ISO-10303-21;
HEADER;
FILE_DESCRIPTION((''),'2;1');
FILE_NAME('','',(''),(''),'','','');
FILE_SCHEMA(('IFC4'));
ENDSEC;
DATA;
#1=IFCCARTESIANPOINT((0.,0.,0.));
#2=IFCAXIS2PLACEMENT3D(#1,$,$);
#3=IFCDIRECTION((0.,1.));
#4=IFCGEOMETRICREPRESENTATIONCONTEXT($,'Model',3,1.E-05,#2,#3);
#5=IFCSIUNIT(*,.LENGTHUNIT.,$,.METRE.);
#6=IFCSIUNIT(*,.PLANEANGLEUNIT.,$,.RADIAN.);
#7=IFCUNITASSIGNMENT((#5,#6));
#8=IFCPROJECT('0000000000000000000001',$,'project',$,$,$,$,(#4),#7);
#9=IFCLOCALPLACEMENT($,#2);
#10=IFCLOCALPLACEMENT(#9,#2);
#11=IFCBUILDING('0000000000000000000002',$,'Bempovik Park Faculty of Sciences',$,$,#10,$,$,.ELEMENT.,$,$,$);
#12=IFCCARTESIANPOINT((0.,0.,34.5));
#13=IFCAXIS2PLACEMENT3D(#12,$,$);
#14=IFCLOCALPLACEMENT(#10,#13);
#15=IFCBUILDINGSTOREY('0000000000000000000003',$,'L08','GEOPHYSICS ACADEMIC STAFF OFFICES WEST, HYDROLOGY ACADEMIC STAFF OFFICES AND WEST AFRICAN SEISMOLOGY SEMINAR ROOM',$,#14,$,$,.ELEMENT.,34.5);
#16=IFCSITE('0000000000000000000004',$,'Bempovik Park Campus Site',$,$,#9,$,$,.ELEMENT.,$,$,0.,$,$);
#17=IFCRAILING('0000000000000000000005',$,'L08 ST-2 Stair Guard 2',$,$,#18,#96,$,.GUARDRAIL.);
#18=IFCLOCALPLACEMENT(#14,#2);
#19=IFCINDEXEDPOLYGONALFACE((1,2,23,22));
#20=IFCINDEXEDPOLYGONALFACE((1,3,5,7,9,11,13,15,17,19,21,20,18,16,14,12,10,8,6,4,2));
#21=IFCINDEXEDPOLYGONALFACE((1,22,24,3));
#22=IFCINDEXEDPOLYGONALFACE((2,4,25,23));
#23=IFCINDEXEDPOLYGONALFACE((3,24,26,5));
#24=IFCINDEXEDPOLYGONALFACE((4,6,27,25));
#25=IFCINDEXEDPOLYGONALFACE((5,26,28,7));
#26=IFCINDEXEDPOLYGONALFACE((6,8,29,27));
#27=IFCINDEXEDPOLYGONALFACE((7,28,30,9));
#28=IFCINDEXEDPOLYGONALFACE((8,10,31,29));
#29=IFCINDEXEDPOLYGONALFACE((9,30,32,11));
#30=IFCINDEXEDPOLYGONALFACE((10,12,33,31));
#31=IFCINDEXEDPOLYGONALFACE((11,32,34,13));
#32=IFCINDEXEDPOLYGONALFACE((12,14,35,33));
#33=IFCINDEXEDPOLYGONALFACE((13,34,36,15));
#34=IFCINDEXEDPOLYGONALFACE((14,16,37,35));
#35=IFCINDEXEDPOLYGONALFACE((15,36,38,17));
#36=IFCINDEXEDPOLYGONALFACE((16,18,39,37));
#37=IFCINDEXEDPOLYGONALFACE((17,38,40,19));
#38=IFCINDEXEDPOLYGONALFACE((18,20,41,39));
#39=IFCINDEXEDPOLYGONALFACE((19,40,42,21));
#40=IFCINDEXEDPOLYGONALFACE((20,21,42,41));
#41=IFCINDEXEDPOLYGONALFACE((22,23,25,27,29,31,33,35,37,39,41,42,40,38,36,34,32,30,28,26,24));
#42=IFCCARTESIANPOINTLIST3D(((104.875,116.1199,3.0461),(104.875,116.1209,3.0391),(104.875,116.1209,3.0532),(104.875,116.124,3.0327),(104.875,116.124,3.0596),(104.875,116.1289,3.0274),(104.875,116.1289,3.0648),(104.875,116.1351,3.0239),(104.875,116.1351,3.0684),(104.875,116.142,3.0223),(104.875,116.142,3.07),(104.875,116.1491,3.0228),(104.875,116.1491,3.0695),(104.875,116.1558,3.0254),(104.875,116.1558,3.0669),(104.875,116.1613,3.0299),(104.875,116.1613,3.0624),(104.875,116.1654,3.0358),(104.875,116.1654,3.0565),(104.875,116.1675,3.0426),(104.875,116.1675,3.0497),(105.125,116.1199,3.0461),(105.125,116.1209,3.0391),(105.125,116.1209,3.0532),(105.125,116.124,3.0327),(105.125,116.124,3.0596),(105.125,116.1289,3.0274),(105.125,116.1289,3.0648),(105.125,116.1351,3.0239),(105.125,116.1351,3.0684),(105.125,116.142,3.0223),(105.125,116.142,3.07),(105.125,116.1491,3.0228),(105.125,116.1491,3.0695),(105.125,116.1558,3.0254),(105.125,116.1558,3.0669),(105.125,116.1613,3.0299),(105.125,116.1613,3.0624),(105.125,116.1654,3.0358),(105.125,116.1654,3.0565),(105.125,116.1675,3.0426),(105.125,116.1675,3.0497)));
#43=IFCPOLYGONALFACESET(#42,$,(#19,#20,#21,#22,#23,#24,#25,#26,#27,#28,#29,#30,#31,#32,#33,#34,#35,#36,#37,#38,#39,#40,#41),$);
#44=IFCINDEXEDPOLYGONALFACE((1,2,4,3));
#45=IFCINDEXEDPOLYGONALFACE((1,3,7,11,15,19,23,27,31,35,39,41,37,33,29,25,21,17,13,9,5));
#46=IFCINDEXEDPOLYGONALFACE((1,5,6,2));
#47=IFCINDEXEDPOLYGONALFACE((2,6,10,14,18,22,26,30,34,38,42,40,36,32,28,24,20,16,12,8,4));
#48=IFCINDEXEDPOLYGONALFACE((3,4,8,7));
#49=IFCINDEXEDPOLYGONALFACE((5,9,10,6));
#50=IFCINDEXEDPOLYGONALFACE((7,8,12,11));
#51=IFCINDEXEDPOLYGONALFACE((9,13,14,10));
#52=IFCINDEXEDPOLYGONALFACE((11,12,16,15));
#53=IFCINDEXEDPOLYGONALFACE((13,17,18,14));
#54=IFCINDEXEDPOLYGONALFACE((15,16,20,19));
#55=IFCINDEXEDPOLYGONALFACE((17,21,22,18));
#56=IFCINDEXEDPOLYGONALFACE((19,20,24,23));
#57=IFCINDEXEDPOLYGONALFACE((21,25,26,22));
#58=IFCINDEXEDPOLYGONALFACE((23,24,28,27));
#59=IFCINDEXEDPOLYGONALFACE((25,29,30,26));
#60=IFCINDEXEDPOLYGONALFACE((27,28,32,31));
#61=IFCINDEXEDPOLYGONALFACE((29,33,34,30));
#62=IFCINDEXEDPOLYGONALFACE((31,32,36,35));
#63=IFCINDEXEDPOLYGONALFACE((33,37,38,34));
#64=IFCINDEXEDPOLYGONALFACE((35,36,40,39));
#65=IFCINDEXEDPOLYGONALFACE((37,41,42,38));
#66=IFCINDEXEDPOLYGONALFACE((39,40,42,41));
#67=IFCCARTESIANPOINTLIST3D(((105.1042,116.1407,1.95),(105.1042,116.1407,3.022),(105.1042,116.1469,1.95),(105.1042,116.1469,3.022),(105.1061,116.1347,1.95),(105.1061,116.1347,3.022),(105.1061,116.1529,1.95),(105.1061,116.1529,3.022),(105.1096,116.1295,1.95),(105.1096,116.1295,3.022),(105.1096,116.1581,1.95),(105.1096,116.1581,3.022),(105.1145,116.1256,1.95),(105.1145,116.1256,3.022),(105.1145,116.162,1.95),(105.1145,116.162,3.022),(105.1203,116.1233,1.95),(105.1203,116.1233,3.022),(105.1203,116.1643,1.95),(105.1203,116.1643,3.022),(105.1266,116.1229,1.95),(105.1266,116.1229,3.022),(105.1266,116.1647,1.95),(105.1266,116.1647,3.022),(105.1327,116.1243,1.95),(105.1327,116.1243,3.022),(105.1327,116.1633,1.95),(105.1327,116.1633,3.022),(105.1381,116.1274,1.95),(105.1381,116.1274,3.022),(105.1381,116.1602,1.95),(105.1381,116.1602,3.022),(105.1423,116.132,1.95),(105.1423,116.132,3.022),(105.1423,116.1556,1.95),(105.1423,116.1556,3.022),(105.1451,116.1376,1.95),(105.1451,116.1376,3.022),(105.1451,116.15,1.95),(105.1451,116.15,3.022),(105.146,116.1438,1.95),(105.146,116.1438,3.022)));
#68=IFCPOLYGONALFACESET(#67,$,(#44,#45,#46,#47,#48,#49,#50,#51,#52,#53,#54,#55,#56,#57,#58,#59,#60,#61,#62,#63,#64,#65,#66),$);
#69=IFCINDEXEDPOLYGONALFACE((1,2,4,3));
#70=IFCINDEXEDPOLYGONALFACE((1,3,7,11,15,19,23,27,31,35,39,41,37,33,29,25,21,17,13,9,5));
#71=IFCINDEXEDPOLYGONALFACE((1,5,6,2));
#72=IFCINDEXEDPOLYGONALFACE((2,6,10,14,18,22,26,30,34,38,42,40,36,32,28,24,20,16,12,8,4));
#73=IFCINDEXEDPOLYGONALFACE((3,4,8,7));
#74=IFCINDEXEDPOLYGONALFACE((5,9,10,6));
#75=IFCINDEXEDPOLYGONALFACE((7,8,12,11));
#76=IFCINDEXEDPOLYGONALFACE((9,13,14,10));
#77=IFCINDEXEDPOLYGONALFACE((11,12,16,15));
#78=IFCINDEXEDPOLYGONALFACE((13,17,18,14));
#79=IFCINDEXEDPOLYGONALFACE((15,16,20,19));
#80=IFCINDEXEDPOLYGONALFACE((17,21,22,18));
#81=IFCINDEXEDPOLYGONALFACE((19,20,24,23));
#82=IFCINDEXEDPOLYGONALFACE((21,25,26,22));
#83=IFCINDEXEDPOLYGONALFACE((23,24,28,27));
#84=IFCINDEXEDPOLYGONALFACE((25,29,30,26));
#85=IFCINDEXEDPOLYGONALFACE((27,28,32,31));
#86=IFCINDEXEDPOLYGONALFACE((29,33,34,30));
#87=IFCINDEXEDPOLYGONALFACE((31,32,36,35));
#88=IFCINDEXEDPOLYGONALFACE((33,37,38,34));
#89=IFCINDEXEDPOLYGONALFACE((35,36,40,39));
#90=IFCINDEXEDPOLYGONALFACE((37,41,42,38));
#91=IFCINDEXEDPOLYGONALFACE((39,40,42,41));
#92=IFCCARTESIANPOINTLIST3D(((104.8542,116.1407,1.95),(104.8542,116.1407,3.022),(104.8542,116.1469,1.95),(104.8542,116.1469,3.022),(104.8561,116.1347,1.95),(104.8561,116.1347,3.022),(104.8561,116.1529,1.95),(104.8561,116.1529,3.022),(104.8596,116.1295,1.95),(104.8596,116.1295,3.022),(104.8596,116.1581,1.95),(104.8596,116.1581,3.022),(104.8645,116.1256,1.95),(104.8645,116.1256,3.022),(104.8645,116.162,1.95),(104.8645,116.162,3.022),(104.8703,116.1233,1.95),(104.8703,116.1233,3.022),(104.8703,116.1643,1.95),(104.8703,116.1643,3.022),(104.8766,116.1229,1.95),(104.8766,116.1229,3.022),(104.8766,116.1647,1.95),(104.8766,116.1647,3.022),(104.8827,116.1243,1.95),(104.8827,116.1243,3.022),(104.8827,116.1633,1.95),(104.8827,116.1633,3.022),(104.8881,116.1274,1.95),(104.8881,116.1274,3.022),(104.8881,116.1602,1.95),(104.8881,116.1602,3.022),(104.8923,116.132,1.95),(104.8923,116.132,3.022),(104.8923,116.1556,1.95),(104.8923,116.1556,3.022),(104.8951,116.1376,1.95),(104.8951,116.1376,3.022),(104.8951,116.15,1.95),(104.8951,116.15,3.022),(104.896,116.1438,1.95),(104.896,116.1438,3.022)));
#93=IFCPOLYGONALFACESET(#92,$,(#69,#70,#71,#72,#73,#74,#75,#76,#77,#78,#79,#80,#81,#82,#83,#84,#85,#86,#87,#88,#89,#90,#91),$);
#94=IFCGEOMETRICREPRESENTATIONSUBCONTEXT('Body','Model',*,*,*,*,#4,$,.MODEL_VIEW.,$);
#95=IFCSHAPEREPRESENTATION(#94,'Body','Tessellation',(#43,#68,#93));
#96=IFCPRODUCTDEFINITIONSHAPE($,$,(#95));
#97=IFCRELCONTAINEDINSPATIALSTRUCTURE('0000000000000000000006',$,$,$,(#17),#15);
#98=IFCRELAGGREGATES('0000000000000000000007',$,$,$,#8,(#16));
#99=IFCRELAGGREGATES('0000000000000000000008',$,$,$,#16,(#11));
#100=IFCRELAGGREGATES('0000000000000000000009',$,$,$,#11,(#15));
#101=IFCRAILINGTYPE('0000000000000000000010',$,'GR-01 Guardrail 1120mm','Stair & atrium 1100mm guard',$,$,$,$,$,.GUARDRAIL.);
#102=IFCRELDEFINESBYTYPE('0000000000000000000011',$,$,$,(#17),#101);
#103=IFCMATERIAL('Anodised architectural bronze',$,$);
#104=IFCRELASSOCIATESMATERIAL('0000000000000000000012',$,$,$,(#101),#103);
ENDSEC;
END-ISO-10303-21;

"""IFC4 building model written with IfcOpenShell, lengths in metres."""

from ifc_helpers import new_model, si_unit, direction, frame, origin, origin_2d, place, context, subcontext, project, spatial, circle, extrude, material, type_object, element, save


model = new_model("IFC4")

# Units and contexts
model_context = context("Model", 3, precision=1e-05, world=origin(), true_north=direction((0.0, 1.0)))
body_context = subcontext(model_context, "Body", "Model", "MODEL_VIEW")
ifc_project = project(units=[si_unit("LENGTHUNIT", "METRE"), si_unit("PLANEANGLEUNIT", "RADIAN")], contexts=[model_context])

# Site, building, storey
site_placement = place(None, origin())
site = spatial("IfcSite", under=ifc_project, at=site_placement, Name="Bempovik Park Campus Site", CompositionType="ELEMENT", RefElevation=0.0)
building_placement = place(site_placement, origin())
building = spatial("IfcBuilding", under=site, at=building_placement, Name="Bempovik Park Faculty of Sciences", CompositionType="ELEMENT")
storey_placement = place(building_placement, frame((0.0, 0.0, 34.5)))
storey = spatial("IfcBuildingStorey", under=building, at=storey_placement, Name="L08", Description="GEOPHYSICS ACADEMIC STAFF OFFICES WEST, HYDROLOGY ACADEMIC STAFF OFFICES AND WEST AFRICAN SEISMOLOGY SEMINAR ROOM", CompositionType="ELEMENT", Elevation=34.5)

# Railing
ifc_material_1 = material(Name="Anodised architectural bronze")
railing_type_1 = type_object("IfcRailingType", Name="GR-01 Guardrail 1120mm", Description="Stair & atrium 1100mm guard", PredefinedType="GUARDRAIL", material=ifc_material_1)
railing_1_placement = place(storey_placement, frame((105.125, 116.1438, 1.95)))
element("IfcRailing", 1, at=railing_1_placement, inside=storey, type_object=railing_type_1, Name="L08 ST-2 Stair Guard 2", PredefinedType="GUARDRAIL", context=body_context, shape_type="SweptSolid", body=[
    extrude(circle(Radius=0.0239, at=origin_2d()), frame((0.0, 0.0, 1.0962), z_axis=(-1.0, 0.0, 0.0), x_axis=(0.0, -1.0, 0.0)), (0.0, 0.0, 1.0), 0.25),
    extrude(circle(Radius=0.021, at=origin_2d()), origin(), (0.0, 0.0, 1.0), 1.072),
    extrude(circle(Radius=0.021, at=origin_2d()), frame((-0.25, 0.0, 0.0)), (0.0, 0.0, 1.0), 1.072),
])

save(model, "model.ifc")
